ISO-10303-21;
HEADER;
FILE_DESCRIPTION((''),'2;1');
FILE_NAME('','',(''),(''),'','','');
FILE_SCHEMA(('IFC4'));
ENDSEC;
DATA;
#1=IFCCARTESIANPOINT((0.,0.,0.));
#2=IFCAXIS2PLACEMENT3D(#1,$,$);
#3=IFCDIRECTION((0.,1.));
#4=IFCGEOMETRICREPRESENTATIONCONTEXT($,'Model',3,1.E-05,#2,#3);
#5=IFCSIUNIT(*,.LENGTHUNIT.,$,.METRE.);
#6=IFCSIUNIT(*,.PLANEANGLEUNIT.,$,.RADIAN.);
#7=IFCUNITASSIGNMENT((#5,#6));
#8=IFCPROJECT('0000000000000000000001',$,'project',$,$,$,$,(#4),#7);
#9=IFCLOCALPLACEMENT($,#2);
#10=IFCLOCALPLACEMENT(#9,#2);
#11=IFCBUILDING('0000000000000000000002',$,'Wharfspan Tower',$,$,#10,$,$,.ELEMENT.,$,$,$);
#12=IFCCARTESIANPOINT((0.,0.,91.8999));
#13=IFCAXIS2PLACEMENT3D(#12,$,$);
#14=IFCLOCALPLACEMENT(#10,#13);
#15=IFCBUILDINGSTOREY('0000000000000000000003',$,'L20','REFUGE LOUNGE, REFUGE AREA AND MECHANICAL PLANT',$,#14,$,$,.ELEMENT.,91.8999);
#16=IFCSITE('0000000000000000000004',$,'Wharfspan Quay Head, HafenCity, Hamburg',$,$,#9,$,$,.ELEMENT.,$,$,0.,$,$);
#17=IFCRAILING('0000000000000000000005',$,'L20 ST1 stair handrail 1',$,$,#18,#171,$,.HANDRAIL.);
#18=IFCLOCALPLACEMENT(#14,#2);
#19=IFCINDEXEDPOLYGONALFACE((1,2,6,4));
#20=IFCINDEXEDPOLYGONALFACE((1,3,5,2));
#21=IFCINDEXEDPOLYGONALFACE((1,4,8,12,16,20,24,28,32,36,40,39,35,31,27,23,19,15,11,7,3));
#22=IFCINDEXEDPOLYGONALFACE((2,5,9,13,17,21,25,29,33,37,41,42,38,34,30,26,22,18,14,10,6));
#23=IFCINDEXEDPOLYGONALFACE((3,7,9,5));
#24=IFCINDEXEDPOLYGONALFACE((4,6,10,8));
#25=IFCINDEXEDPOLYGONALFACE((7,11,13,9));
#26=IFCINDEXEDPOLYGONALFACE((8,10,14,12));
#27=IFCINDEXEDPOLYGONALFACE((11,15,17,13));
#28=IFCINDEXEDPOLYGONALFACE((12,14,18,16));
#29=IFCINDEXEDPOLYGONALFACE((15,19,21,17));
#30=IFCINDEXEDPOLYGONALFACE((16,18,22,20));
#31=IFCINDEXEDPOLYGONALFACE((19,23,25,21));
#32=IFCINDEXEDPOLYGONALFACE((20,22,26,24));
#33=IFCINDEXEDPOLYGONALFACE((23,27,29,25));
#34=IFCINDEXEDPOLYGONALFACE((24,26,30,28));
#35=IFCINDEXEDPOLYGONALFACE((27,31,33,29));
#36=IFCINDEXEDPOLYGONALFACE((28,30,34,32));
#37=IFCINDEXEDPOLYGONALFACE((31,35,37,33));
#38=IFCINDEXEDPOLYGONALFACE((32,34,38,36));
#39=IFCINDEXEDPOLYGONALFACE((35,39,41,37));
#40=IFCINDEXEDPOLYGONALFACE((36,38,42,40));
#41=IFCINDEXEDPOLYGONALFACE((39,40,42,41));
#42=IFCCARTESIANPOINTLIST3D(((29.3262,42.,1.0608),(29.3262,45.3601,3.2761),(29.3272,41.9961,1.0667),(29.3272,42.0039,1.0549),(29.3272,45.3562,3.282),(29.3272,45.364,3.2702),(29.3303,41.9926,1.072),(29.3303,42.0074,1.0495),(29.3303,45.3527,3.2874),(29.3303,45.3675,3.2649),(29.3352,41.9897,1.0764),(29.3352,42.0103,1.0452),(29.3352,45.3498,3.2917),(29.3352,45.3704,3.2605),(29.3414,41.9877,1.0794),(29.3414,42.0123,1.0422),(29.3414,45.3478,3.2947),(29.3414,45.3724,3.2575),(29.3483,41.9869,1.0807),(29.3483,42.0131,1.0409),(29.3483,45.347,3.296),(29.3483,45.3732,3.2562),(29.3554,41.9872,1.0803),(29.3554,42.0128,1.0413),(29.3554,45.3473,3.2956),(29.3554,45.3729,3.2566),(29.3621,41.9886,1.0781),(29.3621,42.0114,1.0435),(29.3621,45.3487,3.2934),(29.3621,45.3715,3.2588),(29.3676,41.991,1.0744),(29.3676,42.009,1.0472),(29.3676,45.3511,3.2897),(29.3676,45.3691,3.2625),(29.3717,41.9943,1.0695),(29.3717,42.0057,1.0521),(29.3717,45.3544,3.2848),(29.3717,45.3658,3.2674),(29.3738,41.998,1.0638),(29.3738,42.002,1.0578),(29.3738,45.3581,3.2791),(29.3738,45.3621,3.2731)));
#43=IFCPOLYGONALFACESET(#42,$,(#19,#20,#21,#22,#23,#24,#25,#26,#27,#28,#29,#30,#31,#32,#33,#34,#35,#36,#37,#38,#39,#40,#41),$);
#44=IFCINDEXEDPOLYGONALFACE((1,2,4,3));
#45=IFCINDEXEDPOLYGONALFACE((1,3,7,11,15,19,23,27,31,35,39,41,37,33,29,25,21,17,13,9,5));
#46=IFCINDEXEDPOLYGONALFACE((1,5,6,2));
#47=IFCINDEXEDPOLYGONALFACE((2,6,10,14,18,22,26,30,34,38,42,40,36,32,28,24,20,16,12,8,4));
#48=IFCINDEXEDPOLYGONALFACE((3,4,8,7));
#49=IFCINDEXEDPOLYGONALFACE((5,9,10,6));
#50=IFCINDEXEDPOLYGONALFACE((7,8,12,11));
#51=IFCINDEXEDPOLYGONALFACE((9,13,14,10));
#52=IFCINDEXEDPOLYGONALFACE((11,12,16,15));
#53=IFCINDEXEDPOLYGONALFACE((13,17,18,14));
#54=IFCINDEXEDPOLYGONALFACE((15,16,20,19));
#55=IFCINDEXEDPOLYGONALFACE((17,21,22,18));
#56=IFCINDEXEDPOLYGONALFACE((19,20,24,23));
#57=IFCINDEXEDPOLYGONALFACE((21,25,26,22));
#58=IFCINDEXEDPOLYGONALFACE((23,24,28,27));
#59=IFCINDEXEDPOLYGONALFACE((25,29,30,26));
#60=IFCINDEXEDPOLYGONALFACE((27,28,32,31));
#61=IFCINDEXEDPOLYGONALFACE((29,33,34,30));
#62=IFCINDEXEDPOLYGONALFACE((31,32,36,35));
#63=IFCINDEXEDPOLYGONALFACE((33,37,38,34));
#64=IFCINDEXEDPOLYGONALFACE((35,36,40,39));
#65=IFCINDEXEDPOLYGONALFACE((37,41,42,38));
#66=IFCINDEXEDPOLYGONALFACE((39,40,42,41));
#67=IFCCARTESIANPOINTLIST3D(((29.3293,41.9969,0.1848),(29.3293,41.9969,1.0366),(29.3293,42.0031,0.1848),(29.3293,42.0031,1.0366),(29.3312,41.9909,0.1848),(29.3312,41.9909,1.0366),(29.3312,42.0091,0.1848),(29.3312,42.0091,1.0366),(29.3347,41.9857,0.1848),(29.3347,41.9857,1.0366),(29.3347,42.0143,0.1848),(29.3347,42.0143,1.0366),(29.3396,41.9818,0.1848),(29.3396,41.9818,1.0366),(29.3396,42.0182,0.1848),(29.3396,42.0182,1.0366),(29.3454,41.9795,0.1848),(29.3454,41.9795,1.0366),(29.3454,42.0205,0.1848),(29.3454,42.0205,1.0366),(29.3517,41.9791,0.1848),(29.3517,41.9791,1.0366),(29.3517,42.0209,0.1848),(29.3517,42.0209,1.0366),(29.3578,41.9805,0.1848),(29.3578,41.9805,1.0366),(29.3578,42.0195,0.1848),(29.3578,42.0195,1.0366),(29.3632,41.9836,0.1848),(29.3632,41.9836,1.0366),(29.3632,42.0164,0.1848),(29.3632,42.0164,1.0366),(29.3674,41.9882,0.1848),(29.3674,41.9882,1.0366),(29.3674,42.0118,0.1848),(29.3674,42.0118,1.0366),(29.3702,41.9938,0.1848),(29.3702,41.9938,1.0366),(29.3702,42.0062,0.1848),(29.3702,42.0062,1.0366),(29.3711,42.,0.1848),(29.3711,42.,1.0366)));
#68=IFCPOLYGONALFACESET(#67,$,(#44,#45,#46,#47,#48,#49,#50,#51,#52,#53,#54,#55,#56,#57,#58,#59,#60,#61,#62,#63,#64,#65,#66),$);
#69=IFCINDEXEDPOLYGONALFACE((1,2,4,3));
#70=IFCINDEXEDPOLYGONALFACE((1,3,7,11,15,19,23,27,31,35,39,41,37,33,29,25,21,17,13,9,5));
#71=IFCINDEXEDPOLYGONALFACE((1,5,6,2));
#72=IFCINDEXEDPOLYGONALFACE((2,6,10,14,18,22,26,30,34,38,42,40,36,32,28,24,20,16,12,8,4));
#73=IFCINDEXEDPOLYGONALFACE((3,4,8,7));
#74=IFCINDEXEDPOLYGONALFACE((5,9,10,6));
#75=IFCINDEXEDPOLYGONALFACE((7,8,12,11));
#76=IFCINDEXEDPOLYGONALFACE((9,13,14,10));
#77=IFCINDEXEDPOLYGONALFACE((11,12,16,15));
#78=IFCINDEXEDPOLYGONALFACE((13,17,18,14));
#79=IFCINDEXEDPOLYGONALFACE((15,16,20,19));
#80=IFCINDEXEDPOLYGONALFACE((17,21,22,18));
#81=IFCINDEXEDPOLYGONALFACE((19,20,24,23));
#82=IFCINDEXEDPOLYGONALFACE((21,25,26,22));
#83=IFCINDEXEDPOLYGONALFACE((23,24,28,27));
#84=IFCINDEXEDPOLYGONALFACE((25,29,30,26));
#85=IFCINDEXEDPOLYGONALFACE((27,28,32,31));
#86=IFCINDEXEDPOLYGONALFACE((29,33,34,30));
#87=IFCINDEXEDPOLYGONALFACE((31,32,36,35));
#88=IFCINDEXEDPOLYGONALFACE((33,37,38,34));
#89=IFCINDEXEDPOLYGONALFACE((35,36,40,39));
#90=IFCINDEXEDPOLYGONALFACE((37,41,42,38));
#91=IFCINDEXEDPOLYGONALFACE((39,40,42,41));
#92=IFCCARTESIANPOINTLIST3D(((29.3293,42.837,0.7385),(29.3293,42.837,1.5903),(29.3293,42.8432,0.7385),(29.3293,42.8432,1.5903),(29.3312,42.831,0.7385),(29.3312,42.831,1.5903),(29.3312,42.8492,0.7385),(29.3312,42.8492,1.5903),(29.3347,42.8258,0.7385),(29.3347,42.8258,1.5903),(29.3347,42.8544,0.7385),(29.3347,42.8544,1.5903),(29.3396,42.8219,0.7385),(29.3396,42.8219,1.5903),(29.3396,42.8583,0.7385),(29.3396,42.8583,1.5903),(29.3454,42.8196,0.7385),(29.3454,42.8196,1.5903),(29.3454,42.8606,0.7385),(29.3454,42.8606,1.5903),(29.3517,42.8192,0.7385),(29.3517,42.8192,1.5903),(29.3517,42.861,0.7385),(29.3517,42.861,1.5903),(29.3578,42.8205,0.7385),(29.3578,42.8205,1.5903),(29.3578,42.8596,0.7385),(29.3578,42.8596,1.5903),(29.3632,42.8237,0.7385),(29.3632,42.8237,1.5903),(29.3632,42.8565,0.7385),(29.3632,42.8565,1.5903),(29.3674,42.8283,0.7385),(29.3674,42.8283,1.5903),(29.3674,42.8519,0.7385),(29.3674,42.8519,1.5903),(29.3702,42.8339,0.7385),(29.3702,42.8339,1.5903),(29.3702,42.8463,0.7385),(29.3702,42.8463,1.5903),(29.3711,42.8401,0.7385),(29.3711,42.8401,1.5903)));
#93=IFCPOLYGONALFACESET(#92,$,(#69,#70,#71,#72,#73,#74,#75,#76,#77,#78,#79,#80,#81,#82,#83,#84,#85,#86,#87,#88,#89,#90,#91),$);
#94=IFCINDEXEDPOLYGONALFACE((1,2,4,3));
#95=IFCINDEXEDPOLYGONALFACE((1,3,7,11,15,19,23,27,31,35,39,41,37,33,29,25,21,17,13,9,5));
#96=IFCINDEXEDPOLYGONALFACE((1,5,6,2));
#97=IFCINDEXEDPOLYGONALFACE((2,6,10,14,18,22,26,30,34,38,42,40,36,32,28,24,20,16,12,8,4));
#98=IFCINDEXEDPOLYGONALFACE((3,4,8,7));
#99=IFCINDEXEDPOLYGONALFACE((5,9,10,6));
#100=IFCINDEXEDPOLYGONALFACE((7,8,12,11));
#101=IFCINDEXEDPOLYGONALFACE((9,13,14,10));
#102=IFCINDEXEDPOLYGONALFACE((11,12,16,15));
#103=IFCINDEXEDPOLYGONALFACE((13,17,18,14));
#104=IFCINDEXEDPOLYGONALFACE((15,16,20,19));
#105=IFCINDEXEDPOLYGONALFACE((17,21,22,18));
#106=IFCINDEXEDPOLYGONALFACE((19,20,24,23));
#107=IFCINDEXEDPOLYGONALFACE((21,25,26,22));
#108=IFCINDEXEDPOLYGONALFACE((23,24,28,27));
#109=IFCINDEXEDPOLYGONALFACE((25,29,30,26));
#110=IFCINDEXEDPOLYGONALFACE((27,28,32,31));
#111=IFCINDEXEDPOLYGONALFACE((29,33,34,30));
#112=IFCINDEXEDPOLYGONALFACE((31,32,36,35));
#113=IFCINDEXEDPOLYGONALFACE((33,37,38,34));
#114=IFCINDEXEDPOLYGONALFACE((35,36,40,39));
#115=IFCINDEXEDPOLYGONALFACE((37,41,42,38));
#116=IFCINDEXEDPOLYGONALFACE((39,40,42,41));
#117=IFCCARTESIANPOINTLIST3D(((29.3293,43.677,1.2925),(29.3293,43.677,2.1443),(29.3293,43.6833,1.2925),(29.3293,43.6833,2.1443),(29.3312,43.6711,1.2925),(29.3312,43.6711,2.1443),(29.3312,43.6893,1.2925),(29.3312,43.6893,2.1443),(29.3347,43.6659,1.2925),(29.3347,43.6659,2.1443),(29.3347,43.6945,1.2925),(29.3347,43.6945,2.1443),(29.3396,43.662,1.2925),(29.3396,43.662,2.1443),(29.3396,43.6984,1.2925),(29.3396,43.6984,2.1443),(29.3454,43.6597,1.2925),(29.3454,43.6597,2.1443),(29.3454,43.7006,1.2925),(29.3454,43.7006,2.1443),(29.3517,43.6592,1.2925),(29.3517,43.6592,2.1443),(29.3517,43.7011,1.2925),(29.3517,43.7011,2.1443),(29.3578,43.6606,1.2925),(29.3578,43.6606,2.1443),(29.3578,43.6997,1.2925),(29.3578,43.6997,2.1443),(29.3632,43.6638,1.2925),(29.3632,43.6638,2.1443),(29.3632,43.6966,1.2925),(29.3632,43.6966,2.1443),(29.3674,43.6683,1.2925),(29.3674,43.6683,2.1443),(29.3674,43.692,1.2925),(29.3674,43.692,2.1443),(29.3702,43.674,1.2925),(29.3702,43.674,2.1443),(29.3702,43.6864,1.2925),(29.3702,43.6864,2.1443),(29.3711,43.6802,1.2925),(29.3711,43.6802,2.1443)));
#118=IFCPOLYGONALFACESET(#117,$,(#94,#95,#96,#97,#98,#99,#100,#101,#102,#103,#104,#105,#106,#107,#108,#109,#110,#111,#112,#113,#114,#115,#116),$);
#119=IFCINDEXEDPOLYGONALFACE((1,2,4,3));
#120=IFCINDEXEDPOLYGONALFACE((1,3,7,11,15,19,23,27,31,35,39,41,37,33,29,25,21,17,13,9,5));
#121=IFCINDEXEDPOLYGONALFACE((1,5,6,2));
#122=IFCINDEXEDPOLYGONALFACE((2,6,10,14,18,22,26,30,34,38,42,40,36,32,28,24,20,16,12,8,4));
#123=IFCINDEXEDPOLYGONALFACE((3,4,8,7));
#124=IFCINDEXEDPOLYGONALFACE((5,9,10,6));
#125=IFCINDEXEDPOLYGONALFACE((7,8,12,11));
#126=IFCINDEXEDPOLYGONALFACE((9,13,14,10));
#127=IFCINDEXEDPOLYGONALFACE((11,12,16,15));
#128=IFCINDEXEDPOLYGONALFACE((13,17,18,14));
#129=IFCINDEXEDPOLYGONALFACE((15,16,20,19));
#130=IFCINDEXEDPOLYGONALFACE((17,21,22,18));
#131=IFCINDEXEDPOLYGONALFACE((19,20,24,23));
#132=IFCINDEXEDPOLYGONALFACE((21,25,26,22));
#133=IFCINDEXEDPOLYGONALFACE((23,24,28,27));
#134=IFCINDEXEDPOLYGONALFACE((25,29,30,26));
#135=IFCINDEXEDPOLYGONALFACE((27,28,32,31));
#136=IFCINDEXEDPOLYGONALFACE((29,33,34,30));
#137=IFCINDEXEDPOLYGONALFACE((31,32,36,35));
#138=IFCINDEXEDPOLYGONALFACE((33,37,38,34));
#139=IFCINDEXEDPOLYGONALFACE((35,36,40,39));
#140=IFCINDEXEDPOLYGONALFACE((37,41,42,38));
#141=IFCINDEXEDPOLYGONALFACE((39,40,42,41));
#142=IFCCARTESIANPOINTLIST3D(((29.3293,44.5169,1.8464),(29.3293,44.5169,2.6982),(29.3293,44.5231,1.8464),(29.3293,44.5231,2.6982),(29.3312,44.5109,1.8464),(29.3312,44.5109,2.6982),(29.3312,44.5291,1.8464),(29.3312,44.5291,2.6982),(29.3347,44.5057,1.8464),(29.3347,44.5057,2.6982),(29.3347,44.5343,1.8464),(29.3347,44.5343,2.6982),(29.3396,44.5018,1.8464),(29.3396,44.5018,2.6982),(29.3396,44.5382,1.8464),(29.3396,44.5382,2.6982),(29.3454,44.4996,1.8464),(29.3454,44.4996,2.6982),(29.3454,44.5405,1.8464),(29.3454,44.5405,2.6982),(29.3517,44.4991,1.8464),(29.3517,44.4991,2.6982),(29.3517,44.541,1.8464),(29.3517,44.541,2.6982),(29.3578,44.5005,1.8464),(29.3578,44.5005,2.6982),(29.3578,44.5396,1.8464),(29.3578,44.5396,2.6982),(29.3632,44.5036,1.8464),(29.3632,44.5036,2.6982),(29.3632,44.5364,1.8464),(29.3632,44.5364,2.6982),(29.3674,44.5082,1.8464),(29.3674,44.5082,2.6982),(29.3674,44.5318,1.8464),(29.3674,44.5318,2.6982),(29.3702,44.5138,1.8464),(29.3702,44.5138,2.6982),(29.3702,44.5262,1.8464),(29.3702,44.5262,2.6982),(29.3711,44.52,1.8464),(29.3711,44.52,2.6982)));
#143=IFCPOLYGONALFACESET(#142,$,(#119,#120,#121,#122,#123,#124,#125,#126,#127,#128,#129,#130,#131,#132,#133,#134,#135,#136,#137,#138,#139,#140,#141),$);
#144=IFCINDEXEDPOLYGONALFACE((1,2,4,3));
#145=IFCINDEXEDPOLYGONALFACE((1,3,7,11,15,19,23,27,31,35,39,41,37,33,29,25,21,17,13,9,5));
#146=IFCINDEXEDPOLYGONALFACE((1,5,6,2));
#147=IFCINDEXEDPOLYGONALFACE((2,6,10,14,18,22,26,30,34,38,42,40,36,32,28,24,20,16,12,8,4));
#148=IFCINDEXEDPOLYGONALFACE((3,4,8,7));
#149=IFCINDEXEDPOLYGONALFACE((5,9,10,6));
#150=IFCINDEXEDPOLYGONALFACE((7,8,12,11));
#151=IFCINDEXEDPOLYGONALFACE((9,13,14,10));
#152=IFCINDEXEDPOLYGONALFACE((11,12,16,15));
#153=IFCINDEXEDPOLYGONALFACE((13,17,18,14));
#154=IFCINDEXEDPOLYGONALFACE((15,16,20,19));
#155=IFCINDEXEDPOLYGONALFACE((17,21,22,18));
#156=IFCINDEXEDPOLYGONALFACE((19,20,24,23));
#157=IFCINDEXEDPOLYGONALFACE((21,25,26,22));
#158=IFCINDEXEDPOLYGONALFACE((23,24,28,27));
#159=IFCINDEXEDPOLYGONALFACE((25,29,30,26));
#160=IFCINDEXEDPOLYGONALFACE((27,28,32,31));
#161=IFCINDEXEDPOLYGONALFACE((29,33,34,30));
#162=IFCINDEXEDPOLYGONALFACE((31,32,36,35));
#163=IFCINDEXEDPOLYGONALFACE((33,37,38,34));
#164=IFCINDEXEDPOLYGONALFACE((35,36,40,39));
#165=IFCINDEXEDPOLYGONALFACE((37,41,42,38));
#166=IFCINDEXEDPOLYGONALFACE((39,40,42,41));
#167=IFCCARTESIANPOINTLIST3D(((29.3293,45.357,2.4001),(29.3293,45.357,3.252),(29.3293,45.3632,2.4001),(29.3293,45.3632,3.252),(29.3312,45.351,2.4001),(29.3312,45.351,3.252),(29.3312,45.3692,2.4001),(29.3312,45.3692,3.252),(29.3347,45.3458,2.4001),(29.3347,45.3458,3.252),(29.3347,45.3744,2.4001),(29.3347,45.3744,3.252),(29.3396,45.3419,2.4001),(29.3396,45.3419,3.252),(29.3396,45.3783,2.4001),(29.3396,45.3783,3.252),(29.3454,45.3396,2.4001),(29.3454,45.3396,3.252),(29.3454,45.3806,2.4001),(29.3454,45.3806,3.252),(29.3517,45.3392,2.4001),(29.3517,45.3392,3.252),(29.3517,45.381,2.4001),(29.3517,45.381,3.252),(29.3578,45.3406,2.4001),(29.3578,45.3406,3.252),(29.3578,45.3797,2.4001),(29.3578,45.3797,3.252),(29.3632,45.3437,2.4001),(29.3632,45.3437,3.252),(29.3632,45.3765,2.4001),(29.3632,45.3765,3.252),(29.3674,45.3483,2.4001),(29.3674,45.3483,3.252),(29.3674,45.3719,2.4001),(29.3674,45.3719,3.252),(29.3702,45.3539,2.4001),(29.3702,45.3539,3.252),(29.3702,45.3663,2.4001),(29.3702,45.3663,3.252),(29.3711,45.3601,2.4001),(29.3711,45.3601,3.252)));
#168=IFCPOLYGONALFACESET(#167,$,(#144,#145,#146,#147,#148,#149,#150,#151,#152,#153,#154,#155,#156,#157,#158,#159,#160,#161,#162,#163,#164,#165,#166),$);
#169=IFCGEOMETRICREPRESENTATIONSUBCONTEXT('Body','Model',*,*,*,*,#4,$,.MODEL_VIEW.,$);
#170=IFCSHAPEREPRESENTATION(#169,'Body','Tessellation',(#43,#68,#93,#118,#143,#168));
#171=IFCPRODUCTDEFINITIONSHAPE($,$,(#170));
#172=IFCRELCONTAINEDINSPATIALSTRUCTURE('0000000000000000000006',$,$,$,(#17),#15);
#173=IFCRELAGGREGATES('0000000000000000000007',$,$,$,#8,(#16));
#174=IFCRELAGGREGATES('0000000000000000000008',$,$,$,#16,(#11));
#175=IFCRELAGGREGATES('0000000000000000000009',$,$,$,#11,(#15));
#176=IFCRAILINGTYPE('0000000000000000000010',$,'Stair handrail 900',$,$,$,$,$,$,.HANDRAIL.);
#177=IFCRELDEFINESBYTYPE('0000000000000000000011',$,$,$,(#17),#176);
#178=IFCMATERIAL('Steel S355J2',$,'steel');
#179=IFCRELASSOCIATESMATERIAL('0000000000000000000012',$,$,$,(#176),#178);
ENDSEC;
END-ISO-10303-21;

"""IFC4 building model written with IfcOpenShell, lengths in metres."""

from ifc_helpers import new_model, si_unit, direction, frame, origin, origin_2d, place, context, subcontext, project, spatial, circle, extrude, material, type_object, element, save


model = new_model("IFC4")

# Units and contexts
model_context = context("Model", 3, precision=1e-05, world=origin(), true_north=direction((0.0, 1.0)))
body_context = subcontext(model_context, "Body", "Model", "MODEL_VIEW")
ifc_project = project(units=[si_unit("LENGTHUNIT", "METRE"), si_unit("PLANEANGLEUNIT", "RADIAN")], contexts=[model_context])

# Site, building, storey
site_placement = place(None, origin())
site = spatial("IfcSite", under=ifc_project, at=site_placement, Name="Wharfspan Quay Head, HafenCity, Hamburg", CompositionType="ELEMENT", RefElevation=0.0)
building_placement = place(site_placement, origin())
building = spatial("IfcBuilding", under=site, at=building_placement, Name="Wharfspan Tower", CompositionType="ELEMENT")
storey_placement = place(building_placement, frame((0.0, 0.0, 91.8999)))
storey = spatial("IfcBuildingStorey", under=building, at=storey_placement, Name="L20", Description="REFUGE LOUNGE, REFUGE AREA AND MECHANICAL PLANT", CompositionType="ELEMENT", Elevation=91.8999)

# Shared definitions
ifc_material_1 = material(Name="Steel S355J2", Category="steel")

# Railing
railing_type_1 = type_object("IfcRailingType", Name="Stair handrail 900", PredefinedType="HANDRAIL", material=ifc_material_1)
railing_1_placement = place(storey_placement, frame((29.3501, 42.0, 0.1848)))
element("IfcRailing", 1, at=railing_1_placement, inside=storey, type_object=railing_type_1, Name="L20 ST1 stair handrail 1", PredefinedType="HANDRAIL", context=body_context, shape_type="SweptSolid", body=[
    extrude(circle(Radius=0.0239, at=origin_2d()), frame((0.0, 0.0, 0.876), z_axis=(0.0, 0.834876, 0.550437), x_axis=(-1.0, 0.0, 0.0)), (0.0, 0.0, 1.0), 4.0247),
    extrude(circle(Radius=0.021, at=origin_2d()), origin(), (0.0, 0.0, 1.0), 0.8518),
    extrude(circle(Radius=0.021, at=origin_2d()), frame((0.0, 0.8401, 0.5537)), (0.0, 0.0, 1.0), 0.8518),
    extrude(circle(Radius=0.021, at=origin_2d()), frame((0.0, 1.6802, 1.1077)), (0.0, 0.0, 1.0), 0.8518),
    extrude(circle(Radius=0.021, at=origin_2d()), frame((0.0, 2.52, 1.6616)), (0.0, 0.0, 1.0), 0.8518),
    extrude(circle(Radius=0.021, at=origin_2d()), frame((0.0, 3.3601, 2.2153)), (0.0, 0.0, 1.0), 0.8518),
])

save(model, "model.ifc")
